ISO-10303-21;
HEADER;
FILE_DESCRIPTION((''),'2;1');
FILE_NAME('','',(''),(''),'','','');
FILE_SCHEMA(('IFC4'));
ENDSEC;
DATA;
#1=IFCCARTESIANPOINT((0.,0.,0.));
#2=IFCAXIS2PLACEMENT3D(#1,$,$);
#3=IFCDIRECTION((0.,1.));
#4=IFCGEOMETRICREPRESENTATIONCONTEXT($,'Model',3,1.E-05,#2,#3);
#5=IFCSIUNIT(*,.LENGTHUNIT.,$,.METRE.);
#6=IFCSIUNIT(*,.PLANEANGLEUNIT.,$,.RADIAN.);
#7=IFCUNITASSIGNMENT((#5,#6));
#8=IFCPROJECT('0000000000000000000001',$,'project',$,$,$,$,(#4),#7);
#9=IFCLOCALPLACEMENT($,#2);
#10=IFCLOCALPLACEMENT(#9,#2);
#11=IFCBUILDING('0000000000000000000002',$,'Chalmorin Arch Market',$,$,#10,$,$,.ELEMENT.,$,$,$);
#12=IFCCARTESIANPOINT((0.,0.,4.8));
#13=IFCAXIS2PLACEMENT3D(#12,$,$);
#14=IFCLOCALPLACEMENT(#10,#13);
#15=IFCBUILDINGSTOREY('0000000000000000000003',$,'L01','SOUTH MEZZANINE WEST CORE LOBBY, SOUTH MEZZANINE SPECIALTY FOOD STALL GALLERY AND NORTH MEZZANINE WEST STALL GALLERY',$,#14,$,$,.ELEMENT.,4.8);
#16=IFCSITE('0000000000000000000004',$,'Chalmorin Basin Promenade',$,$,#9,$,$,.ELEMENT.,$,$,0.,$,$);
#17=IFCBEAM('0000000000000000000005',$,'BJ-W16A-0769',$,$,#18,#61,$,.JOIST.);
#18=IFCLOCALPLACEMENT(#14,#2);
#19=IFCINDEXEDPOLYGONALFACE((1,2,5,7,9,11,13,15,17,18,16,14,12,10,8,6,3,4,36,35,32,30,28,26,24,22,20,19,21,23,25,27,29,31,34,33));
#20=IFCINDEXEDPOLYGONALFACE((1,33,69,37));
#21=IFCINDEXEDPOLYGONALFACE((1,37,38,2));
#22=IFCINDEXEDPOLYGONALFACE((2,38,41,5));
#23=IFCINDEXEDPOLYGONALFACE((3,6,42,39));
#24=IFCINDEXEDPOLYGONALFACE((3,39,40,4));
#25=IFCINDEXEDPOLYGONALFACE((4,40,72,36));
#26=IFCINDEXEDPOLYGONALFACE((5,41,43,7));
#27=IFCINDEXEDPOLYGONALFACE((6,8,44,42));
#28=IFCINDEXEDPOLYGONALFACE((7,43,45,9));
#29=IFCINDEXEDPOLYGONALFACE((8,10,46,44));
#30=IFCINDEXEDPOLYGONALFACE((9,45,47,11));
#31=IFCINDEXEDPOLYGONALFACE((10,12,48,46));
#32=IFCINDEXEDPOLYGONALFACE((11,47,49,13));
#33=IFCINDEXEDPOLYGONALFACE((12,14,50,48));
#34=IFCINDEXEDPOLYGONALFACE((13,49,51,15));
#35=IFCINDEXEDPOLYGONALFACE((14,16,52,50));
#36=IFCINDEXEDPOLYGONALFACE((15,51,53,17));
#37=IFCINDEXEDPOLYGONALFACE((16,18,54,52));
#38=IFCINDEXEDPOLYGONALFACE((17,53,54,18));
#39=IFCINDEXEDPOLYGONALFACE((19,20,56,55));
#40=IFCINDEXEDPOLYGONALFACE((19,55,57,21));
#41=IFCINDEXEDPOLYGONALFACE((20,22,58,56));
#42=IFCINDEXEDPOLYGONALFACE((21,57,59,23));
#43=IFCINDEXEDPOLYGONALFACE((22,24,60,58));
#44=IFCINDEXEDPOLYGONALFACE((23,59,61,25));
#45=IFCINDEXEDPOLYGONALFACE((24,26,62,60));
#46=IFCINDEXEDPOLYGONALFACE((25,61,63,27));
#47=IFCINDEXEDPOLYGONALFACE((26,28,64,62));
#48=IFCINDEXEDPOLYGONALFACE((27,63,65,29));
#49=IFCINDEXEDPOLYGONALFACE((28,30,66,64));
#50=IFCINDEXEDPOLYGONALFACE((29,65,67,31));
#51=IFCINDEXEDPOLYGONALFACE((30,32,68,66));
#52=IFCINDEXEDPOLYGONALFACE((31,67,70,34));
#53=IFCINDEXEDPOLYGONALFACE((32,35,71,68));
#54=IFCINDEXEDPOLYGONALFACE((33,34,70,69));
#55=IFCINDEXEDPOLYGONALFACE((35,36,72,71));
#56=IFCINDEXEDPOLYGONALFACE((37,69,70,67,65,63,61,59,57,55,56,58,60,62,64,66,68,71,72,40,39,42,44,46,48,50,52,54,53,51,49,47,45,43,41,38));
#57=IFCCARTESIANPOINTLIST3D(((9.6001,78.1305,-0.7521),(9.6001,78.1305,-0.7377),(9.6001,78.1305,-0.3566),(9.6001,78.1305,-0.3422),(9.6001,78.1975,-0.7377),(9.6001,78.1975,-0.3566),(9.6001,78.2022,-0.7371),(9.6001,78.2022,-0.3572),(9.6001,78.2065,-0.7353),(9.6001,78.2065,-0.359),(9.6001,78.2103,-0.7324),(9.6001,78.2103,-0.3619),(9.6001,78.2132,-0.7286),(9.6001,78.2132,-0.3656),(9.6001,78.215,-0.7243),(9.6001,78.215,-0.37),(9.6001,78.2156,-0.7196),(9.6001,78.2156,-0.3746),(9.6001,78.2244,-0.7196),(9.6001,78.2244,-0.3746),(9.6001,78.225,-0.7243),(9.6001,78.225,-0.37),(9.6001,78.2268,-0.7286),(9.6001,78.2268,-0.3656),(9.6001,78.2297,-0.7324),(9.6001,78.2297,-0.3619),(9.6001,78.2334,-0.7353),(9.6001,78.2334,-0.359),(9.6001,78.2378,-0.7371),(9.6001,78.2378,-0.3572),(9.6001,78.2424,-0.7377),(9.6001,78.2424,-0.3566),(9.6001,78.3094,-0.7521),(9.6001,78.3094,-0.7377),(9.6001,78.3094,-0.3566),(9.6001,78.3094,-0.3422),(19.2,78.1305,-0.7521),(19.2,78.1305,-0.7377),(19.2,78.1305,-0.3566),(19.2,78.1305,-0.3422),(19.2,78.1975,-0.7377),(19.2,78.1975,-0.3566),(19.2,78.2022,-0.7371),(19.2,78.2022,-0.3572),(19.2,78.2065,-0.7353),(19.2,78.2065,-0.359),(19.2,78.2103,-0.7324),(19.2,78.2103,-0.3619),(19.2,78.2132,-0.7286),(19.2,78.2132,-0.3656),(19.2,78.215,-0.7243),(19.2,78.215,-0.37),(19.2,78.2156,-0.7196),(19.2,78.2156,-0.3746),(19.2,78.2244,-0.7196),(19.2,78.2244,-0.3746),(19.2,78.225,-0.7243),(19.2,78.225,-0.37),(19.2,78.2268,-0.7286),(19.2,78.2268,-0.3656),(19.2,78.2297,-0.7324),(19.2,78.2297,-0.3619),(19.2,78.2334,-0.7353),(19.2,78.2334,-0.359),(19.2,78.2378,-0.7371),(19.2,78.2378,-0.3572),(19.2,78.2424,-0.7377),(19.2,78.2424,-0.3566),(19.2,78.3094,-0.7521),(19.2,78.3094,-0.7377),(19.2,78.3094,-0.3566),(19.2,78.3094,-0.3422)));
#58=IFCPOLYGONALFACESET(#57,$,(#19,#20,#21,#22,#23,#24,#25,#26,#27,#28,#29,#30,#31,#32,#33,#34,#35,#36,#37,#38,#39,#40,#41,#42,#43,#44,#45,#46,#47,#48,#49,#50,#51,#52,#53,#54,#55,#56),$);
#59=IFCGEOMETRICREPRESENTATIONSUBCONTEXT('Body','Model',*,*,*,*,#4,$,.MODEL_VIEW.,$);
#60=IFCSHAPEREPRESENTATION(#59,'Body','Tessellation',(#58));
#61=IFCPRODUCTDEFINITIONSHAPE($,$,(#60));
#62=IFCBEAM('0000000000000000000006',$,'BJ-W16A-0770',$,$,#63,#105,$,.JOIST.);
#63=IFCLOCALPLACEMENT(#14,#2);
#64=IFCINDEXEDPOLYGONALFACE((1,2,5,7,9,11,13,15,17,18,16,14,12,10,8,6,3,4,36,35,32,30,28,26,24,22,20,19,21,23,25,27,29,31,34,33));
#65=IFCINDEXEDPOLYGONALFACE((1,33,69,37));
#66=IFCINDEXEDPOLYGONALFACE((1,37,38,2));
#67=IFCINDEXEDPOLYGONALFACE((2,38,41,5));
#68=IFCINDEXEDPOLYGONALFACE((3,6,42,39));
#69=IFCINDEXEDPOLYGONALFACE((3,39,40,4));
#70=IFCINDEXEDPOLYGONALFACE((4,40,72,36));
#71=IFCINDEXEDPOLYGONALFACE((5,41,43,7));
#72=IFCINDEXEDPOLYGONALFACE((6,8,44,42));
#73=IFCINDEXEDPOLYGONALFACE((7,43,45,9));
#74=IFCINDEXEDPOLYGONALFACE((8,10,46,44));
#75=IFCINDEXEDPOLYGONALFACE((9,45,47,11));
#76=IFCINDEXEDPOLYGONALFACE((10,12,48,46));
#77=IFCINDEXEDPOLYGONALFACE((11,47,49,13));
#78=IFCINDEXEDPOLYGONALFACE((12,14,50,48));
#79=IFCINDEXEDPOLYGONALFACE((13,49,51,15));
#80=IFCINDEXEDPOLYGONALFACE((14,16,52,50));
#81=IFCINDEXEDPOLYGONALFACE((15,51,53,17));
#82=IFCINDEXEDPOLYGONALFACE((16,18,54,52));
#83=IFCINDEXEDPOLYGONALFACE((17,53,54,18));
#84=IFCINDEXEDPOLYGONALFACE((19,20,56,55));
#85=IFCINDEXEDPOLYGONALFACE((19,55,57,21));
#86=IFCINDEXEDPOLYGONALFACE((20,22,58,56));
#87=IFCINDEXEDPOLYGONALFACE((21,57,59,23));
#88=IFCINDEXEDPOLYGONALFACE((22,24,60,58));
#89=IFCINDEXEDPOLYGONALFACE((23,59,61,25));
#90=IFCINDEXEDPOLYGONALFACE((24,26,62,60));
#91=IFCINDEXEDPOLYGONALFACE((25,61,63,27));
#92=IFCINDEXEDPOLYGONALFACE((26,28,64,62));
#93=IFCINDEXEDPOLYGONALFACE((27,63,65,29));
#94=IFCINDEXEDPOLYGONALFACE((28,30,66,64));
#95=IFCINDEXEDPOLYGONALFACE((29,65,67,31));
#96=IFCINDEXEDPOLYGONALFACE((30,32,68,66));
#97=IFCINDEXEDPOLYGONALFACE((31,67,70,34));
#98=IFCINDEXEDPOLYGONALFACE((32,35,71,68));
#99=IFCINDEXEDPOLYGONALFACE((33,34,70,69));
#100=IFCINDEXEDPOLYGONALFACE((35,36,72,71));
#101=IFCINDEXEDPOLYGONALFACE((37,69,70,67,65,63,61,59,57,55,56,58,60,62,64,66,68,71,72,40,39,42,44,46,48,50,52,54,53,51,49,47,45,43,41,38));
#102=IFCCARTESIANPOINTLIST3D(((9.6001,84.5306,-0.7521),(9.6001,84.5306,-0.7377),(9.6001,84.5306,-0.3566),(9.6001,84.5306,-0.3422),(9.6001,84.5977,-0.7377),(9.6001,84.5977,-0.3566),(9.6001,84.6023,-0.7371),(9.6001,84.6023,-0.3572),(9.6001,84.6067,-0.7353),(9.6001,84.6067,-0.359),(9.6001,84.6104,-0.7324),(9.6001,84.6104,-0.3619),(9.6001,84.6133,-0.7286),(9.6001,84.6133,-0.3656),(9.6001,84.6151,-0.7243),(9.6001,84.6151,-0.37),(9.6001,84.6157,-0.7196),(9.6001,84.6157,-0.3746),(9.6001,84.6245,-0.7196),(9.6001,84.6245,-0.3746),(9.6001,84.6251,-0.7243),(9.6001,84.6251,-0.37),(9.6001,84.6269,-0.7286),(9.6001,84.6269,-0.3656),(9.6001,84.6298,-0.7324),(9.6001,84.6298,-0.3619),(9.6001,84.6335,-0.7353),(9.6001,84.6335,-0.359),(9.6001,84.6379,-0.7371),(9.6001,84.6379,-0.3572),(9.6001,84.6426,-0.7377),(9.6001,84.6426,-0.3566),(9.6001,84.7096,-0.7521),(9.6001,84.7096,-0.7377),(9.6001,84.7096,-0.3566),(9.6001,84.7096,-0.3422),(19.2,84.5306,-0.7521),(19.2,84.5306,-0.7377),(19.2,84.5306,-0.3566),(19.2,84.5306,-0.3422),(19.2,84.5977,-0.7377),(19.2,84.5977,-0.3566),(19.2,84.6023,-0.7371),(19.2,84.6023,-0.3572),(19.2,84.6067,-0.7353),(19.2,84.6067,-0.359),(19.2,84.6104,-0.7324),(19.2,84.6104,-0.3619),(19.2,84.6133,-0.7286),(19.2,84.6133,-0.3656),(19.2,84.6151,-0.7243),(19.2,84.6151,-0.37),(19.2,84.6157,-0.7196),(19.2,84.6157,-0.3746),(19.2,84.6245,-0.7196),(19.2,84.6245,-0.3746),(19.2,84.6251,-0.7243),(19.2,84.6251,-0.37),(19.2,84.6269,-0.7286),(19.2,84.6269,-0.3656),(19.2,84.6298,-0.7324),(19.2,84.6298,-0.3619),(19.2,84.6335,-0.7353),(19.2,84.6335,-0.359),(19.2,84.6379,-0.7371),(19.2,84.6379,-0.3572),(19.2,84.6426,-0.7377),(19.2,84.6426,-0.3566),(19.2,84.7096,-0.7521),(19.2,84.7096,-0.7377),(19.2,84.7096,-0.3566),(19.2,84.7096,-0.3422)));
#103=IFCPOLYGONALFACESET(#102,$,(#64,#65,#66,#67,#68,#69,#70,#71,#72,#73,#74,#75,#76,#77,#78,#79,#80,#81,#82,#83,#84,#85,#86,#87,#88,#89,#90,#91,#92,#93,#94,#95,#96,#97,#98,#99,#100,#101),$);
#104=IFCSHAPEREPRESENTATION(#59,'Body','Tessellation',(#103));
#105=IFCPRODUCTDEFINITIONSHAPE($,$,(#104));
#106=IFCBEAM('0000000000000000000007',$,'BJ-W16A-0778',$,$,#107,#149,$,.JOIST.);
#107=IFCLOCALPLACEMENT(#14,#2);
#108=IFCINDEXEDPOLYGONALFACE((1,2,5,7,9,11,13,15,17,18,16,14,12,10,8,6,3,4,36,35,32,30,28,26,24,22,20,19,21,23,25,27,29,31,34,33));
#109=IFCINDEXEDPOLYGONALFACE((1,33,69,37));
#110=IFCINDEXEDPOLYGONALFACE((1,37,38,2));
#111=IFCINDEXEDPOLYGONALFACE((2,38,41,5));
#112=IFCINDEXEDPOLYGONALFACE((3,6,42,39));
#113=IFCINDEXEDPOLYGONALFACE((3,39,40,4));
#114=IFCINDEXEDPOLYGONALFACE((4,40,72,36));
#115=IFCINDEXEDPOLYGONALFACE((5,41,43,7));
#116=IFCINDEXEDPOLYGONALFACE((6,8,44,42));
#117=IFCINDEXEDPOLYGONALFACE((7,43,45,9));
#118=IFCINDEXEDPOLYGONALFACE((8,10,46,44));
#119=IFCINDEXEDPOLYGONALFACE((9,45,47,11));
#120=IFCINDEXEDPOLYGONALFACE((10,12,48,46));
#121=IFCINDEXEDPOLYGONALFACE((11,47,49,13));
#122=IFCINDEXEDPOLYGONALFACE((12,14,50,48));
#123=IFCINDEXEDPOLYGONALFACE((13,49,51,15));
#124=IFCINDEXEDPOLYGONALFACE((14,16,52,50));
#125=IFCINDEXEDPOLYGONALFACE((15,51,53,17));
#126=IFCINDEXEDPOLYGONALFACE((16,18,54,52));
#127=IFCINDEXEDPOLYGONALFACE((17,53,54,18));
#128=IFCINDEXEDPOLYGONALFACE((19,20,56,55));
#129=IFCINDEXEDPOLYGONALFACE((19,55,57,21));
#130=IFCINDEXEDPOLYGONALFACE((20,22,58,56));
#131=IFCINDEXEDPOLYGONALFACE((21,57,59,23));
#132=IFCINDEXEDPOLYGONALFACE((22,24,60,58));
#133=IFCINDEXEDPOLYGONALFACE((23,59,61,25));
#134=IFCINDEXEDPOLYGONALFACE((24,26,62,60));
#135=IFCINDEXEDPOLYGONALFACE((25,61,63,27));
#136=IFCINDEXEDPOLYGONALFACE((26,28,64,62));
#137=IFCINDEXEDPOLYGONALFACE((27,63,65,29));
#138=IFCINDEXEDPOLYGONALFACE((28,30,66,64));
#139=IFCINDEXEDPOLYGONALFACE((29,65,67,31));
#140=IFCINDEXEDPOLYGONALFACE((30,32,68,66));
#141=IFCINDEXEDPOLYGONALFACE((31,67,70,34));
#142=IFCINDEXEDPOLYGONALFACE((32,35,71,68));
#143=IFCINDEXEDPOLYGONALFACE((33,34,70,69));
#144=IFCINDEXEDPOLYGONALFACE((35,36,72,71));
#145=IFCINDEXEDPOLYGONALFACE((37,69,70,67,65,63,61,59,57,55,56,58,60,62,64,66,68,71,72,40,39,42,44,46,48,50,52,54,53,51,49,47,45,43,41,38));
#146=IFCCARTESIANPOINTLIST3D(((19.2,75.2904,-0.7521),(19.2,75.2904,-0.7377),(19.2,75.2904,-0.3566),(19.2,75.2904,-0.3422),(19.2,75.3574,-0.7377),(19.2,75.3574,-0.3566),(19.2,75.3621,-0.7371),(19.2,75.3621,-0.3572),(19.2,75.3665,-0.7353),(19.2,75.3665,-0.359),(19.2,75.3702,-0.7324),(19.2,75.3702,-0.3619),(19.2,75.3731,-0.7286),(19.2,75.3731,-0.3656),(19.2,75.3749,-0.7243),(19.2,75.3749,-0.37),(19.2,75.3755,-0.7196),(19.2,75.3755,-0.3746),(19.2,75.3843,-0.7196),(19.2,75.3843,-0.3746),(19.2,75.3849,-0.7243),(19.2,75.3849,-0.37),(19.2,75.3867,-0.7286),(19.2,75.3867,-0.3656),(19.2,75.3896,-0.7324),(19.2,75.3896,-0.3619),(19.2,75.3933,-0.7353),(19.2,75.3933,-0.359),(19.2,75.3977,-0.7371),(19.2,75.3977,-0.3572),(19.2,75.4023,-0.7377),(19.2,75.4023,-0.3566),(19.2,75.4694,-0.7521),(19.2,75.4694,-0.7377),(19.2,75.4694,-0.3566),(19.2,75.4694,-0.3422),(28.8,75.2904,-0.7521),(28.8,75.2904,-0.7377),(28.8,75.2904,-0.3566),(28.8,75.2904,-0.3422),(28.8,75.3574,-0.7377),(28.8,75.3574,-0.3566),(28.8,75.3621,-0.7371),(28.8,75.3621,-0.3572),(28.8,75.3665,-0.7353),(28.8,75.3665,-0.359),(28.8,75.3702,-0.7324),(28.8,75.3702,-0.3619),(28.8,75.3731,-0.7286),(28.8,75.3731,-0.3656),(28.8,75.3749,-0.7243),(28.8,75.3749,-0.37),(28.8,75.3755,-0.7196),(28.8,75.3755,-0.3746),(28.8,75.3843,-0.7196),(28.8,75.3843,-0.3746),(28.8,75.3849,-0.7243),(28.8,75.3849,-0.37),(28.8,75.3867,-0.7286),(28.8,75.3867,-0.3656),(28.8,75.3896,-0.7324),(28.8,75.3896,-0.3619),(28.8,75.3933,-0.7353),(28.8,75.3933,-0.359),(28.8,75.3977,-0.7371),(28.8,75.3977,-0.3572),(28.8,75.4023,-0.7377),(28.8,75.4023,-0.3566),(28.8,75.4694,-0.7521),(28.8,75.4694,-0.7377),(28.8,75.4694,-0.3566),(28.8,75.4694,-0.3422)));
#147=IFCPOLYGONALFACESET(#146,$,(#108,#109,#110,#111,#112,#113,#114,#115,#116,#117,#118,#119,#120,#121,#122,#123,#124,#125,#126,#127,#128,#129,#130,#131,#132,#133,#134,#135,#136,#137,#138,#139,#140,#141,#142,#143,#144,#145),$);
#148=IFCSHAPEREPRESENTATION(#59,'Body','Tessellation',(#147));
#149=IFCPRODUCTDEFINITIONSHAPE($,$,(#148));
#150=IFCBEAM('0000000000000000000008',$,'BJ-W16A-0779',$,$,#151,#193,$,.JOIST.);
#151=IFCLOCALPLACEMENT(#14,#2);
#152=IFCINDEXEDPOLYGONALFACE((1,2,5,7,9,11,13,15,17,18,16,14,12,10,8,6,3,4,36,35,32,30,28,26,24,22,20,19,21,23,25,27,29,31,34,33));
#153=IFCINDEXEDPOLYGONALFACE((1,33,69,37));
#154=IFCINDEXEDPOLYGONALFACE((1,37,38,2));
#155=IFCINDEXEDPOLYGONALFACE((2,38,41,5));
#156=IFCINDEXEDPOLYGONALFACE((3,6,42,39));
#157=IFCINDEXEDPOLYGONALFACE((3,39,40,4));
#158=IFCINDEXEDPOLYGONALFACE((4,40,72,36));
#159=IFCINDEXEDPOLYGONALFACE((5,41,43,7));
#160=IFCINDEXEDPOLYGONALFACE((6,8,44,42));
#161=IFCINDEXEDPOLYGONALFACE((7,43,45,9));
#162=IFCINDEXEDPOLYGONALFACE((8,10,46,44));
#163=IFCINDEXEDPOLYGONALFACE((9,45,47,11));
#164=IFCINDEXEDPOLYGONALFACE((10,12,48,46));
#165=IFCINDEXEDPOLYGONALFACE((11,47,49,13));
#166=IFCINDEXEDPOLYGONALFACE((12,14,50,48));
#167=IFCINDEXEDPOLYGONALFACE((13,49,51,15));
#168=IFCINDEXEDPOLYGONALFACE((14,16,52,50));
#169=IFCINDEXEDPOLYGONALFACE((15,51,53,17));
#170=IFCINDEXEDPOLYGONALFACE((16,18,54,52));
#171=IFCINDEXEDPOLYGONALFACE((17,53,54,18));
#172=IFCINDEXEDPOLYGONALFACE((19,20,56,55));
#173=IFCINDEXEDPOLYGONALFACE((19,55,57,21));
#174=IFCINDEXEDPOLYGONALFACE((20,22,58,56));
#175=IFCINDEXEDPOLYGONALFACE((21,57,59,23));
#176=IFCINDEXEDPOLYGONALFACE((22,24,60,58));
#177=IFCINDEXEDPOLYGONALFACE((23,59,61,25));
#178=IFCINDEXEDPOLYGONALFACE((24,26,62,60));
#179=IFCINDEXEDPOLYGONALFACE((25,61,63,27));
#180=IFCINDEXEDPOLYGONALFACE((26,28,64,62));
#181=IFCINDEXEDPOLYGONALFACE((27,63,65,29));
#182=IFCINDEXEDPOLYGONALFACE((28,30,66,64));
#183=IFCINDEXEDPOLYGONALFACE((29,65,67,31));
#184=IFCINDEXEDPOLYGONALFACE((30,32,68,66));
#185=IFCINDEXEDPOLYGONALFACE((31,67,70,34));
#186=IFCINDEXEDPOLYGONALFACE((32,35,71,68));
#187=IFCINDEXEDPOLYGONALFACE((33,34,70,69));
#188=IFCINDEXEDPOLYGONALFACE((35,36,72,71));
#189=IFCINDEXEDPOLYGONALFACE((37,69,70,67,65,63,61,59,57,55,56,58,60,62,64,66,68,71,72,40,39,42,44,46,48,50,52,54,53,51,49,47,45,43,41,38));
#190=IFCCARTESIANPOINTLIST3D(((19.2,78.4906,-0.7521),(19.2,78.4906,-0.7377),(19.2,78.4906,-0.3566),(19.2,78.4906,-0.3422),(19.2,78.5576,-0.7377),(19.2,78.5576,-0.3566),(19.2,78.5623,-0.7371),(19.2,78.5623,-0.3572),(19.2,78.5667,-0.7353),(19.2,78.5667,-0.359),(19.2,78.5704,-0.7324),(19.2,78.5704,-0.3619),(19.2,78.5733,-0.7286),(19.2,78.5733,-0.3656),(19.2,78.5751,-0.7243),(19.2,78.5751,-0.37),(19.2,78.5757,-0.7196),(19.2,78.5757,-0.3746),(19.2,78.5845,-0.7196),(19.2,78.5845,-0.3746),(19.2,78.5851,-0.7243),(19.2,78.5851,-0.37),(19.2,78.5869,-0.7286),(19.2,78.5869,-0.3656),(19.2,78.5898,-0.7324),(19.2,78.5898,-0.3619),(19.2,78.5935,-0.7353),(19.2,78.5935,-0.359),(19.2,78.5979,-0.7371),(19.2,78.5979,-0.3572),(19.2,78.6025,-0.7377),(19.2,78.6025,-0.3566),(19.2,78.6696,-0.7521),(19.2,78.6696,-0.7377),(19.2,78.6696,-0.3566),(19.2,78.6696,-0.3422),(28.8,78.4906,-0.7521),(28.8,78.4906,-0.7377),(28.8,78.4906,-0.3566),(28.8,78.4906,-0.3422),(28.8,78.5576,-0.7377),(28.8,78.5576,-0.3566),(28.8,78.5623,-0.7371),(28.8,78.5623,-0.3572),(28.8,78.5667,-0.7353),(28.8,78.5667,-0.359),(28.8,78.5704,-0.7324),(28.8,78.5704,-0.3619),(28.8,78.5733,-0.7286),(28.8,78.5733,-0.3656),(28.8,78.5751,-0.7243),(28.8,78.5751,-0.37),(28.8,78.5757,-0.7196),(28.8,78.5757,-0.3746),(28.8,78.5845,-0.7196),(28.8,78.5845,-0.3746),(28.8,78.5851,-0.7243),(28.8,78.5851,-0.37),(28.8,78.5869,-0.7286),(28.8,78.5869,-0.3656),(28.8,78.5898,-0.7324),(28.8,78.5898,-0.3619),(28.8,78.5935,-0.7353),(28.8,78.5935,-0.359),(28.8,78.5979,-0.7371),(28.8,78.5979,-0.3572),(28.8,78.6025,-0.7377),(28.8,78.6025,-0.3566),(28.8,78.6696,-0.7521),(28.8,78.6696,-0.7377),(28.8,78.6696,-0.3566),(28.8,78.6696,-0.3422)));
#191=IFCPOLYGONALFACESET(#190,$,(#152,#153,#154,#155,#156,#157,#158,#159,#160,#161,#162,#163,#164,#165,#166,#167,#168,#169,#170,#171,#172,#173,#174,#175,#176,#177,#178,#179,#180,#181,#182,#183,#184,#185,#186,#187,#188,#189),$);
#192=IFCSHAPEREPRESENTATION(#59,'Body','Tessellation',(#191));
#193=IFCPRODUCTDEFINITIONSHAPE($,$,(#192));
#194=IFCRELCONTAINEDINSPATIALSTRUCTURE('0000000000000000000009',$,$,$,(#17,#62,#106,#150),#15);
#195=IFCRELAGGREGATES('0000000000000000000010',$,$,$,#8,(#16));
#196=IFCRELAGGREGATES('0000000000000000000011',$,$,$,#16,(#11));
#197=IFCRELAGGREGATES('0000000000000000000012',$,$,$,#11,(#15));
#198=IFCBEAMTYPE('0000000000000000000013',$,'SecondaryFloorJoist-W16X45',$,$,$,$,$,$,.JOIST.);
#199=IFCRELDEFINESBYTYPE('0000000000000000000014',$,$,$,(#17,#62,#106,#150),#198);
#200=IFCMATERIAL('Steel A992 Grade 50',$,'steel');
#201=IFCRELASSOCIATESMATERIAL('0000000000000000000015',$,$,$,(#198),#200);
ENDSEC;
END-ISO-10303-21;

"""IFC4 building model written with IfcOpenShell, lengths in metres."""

from ifc_helpers import new_model, si_unit, direction, frame, origin, origin_2d, place, context, subcontext, project, spatial, i_section, extrude, material, material_profile, profile_set, type_object, element, save


model = new_model("IFC4")

# Units and contexts
model_context = context("Model", 3, precision=1e-05, world=origin(), true_north=direction((0.0, 1.0)))
body_context = subcontext(model_context, "Body", "Model", "MODEL_VIEW")
ifc_project = project(units=[si_unit("LENGTHUNIT", "METRE"), si_unit("PLANEANGLEUNIT", "RADIAN")], contexts=[model_context])

# Site, building, storey
site_placement = place(None, origin())
site = spatial("IfcSite", under=ifc_project, at=site_placement, Name="Chalmorin Basin Promenade", CompositionType="ELEMENT", RefElevation=0.0)
building_placement = place(site_placement, origin())
building = spatial("IfcBuilding", under=site, at=building_placement, Name="Chalmorin Arch Market", CompositionType="ELEMENT")
storey_placement = place(building_placement, frame((0.0, 0.0, 4.8)))
storey = spatial("IfcBuildingStorey", under=building, at=storey_placement, Name="L01", Description="SOUTH MEZZANINE WEST CORE LOBBY, SOUTH MEZZANINE SPECIALTY FOOD STALL GALLERY AND NORTH MEZZANINE WEST STALL GALLERY", CompositionType="ELEMENT", Elevation=4.8)

# Beams
ifc_material_1 = material(Name="Steel A992 Grade 50", Category="steel")
ifc_material_profile_1 = material_profile(ifc_material_1, i_section(OverallWidth=0.179, OverallDepth=0.4099, WebThickness=0.0088, FlangeThickness=0.0144, FilletRadius=0.0181, at=origin_2d()), Name="W16X45")
ifc_profile_set_1 = profile_set([ifc_material_profile_1], Name="Steel A992 Grade 50")
beam_type_1 = type_object("IfcBeamType", Name="SecondaryFloorJoist-W16X45", PredefinedType="JOIST", material=ifc_profile_set_1)
for number, where, z_axis, x_axis, name in (
    (1, (9.6001, 78.22, -0.5471), (1.0, 0.0, 0.0), (0.0, 1.0, 0.0), "BJ-W16A-0769"),
    (2, (9.6001, 84.6201, -0.5471), (1.0, 0.0, 0.0), (0.0, 1.0, 0.0), "BJ-W16A-0770"),
):
    element("IfcBeam", number, at=place(storey_placement, frame(where, z_axis=z_axis, x_axis=x_axis)), inside=storey, type_object=beam_type_1, Name=name, PredefinedType="JOIST", context=body_context, shape_type="SweptSolid", body=[
        extrude(i_section(OverallWidth=0.179, OverallDepth=0.4099, WebThickness=0.0088, FlangeThickness=0.0144, FilletRadius=0.0181, at=origin_2d()), origin(), (0.0, 0.0, 1.0), 9.5999),
    ])
for number, where, z_axis, x_axis, name in (
    (3, (19.2, 75.3799, -0.5471), (1.0, 0.0, 0.0), (0.0, 1.0, 0.0), "BJ-W16A-0778"),
    (4, (19.2, 78.5801, -0.5471), (1.0, 0.0, 0.0), (0.0, 1.0, 0.0), "BJ-W16A-0779"),
):
    element("IfcBeam", number, at=place(storey_placement, frame(where, z_axis=z_axis, x_axis=x_axis)), inside=storey, type_object=beam_type_1, Name=name, PredefinedType="JOIST", context=body_context, shape_type="SweptSolid", body=[
        extrude(i_section(OverallWidth=0.179, OverallDepth=0.4099, WebThickness=0.0088, FlangeThickness=0.0144, FilletRadius=0.0181, at=origin_2d()), origin(), (0.0, 0.0, 1.0), 9.6001),
    ])

save(model, "model.ifc")
